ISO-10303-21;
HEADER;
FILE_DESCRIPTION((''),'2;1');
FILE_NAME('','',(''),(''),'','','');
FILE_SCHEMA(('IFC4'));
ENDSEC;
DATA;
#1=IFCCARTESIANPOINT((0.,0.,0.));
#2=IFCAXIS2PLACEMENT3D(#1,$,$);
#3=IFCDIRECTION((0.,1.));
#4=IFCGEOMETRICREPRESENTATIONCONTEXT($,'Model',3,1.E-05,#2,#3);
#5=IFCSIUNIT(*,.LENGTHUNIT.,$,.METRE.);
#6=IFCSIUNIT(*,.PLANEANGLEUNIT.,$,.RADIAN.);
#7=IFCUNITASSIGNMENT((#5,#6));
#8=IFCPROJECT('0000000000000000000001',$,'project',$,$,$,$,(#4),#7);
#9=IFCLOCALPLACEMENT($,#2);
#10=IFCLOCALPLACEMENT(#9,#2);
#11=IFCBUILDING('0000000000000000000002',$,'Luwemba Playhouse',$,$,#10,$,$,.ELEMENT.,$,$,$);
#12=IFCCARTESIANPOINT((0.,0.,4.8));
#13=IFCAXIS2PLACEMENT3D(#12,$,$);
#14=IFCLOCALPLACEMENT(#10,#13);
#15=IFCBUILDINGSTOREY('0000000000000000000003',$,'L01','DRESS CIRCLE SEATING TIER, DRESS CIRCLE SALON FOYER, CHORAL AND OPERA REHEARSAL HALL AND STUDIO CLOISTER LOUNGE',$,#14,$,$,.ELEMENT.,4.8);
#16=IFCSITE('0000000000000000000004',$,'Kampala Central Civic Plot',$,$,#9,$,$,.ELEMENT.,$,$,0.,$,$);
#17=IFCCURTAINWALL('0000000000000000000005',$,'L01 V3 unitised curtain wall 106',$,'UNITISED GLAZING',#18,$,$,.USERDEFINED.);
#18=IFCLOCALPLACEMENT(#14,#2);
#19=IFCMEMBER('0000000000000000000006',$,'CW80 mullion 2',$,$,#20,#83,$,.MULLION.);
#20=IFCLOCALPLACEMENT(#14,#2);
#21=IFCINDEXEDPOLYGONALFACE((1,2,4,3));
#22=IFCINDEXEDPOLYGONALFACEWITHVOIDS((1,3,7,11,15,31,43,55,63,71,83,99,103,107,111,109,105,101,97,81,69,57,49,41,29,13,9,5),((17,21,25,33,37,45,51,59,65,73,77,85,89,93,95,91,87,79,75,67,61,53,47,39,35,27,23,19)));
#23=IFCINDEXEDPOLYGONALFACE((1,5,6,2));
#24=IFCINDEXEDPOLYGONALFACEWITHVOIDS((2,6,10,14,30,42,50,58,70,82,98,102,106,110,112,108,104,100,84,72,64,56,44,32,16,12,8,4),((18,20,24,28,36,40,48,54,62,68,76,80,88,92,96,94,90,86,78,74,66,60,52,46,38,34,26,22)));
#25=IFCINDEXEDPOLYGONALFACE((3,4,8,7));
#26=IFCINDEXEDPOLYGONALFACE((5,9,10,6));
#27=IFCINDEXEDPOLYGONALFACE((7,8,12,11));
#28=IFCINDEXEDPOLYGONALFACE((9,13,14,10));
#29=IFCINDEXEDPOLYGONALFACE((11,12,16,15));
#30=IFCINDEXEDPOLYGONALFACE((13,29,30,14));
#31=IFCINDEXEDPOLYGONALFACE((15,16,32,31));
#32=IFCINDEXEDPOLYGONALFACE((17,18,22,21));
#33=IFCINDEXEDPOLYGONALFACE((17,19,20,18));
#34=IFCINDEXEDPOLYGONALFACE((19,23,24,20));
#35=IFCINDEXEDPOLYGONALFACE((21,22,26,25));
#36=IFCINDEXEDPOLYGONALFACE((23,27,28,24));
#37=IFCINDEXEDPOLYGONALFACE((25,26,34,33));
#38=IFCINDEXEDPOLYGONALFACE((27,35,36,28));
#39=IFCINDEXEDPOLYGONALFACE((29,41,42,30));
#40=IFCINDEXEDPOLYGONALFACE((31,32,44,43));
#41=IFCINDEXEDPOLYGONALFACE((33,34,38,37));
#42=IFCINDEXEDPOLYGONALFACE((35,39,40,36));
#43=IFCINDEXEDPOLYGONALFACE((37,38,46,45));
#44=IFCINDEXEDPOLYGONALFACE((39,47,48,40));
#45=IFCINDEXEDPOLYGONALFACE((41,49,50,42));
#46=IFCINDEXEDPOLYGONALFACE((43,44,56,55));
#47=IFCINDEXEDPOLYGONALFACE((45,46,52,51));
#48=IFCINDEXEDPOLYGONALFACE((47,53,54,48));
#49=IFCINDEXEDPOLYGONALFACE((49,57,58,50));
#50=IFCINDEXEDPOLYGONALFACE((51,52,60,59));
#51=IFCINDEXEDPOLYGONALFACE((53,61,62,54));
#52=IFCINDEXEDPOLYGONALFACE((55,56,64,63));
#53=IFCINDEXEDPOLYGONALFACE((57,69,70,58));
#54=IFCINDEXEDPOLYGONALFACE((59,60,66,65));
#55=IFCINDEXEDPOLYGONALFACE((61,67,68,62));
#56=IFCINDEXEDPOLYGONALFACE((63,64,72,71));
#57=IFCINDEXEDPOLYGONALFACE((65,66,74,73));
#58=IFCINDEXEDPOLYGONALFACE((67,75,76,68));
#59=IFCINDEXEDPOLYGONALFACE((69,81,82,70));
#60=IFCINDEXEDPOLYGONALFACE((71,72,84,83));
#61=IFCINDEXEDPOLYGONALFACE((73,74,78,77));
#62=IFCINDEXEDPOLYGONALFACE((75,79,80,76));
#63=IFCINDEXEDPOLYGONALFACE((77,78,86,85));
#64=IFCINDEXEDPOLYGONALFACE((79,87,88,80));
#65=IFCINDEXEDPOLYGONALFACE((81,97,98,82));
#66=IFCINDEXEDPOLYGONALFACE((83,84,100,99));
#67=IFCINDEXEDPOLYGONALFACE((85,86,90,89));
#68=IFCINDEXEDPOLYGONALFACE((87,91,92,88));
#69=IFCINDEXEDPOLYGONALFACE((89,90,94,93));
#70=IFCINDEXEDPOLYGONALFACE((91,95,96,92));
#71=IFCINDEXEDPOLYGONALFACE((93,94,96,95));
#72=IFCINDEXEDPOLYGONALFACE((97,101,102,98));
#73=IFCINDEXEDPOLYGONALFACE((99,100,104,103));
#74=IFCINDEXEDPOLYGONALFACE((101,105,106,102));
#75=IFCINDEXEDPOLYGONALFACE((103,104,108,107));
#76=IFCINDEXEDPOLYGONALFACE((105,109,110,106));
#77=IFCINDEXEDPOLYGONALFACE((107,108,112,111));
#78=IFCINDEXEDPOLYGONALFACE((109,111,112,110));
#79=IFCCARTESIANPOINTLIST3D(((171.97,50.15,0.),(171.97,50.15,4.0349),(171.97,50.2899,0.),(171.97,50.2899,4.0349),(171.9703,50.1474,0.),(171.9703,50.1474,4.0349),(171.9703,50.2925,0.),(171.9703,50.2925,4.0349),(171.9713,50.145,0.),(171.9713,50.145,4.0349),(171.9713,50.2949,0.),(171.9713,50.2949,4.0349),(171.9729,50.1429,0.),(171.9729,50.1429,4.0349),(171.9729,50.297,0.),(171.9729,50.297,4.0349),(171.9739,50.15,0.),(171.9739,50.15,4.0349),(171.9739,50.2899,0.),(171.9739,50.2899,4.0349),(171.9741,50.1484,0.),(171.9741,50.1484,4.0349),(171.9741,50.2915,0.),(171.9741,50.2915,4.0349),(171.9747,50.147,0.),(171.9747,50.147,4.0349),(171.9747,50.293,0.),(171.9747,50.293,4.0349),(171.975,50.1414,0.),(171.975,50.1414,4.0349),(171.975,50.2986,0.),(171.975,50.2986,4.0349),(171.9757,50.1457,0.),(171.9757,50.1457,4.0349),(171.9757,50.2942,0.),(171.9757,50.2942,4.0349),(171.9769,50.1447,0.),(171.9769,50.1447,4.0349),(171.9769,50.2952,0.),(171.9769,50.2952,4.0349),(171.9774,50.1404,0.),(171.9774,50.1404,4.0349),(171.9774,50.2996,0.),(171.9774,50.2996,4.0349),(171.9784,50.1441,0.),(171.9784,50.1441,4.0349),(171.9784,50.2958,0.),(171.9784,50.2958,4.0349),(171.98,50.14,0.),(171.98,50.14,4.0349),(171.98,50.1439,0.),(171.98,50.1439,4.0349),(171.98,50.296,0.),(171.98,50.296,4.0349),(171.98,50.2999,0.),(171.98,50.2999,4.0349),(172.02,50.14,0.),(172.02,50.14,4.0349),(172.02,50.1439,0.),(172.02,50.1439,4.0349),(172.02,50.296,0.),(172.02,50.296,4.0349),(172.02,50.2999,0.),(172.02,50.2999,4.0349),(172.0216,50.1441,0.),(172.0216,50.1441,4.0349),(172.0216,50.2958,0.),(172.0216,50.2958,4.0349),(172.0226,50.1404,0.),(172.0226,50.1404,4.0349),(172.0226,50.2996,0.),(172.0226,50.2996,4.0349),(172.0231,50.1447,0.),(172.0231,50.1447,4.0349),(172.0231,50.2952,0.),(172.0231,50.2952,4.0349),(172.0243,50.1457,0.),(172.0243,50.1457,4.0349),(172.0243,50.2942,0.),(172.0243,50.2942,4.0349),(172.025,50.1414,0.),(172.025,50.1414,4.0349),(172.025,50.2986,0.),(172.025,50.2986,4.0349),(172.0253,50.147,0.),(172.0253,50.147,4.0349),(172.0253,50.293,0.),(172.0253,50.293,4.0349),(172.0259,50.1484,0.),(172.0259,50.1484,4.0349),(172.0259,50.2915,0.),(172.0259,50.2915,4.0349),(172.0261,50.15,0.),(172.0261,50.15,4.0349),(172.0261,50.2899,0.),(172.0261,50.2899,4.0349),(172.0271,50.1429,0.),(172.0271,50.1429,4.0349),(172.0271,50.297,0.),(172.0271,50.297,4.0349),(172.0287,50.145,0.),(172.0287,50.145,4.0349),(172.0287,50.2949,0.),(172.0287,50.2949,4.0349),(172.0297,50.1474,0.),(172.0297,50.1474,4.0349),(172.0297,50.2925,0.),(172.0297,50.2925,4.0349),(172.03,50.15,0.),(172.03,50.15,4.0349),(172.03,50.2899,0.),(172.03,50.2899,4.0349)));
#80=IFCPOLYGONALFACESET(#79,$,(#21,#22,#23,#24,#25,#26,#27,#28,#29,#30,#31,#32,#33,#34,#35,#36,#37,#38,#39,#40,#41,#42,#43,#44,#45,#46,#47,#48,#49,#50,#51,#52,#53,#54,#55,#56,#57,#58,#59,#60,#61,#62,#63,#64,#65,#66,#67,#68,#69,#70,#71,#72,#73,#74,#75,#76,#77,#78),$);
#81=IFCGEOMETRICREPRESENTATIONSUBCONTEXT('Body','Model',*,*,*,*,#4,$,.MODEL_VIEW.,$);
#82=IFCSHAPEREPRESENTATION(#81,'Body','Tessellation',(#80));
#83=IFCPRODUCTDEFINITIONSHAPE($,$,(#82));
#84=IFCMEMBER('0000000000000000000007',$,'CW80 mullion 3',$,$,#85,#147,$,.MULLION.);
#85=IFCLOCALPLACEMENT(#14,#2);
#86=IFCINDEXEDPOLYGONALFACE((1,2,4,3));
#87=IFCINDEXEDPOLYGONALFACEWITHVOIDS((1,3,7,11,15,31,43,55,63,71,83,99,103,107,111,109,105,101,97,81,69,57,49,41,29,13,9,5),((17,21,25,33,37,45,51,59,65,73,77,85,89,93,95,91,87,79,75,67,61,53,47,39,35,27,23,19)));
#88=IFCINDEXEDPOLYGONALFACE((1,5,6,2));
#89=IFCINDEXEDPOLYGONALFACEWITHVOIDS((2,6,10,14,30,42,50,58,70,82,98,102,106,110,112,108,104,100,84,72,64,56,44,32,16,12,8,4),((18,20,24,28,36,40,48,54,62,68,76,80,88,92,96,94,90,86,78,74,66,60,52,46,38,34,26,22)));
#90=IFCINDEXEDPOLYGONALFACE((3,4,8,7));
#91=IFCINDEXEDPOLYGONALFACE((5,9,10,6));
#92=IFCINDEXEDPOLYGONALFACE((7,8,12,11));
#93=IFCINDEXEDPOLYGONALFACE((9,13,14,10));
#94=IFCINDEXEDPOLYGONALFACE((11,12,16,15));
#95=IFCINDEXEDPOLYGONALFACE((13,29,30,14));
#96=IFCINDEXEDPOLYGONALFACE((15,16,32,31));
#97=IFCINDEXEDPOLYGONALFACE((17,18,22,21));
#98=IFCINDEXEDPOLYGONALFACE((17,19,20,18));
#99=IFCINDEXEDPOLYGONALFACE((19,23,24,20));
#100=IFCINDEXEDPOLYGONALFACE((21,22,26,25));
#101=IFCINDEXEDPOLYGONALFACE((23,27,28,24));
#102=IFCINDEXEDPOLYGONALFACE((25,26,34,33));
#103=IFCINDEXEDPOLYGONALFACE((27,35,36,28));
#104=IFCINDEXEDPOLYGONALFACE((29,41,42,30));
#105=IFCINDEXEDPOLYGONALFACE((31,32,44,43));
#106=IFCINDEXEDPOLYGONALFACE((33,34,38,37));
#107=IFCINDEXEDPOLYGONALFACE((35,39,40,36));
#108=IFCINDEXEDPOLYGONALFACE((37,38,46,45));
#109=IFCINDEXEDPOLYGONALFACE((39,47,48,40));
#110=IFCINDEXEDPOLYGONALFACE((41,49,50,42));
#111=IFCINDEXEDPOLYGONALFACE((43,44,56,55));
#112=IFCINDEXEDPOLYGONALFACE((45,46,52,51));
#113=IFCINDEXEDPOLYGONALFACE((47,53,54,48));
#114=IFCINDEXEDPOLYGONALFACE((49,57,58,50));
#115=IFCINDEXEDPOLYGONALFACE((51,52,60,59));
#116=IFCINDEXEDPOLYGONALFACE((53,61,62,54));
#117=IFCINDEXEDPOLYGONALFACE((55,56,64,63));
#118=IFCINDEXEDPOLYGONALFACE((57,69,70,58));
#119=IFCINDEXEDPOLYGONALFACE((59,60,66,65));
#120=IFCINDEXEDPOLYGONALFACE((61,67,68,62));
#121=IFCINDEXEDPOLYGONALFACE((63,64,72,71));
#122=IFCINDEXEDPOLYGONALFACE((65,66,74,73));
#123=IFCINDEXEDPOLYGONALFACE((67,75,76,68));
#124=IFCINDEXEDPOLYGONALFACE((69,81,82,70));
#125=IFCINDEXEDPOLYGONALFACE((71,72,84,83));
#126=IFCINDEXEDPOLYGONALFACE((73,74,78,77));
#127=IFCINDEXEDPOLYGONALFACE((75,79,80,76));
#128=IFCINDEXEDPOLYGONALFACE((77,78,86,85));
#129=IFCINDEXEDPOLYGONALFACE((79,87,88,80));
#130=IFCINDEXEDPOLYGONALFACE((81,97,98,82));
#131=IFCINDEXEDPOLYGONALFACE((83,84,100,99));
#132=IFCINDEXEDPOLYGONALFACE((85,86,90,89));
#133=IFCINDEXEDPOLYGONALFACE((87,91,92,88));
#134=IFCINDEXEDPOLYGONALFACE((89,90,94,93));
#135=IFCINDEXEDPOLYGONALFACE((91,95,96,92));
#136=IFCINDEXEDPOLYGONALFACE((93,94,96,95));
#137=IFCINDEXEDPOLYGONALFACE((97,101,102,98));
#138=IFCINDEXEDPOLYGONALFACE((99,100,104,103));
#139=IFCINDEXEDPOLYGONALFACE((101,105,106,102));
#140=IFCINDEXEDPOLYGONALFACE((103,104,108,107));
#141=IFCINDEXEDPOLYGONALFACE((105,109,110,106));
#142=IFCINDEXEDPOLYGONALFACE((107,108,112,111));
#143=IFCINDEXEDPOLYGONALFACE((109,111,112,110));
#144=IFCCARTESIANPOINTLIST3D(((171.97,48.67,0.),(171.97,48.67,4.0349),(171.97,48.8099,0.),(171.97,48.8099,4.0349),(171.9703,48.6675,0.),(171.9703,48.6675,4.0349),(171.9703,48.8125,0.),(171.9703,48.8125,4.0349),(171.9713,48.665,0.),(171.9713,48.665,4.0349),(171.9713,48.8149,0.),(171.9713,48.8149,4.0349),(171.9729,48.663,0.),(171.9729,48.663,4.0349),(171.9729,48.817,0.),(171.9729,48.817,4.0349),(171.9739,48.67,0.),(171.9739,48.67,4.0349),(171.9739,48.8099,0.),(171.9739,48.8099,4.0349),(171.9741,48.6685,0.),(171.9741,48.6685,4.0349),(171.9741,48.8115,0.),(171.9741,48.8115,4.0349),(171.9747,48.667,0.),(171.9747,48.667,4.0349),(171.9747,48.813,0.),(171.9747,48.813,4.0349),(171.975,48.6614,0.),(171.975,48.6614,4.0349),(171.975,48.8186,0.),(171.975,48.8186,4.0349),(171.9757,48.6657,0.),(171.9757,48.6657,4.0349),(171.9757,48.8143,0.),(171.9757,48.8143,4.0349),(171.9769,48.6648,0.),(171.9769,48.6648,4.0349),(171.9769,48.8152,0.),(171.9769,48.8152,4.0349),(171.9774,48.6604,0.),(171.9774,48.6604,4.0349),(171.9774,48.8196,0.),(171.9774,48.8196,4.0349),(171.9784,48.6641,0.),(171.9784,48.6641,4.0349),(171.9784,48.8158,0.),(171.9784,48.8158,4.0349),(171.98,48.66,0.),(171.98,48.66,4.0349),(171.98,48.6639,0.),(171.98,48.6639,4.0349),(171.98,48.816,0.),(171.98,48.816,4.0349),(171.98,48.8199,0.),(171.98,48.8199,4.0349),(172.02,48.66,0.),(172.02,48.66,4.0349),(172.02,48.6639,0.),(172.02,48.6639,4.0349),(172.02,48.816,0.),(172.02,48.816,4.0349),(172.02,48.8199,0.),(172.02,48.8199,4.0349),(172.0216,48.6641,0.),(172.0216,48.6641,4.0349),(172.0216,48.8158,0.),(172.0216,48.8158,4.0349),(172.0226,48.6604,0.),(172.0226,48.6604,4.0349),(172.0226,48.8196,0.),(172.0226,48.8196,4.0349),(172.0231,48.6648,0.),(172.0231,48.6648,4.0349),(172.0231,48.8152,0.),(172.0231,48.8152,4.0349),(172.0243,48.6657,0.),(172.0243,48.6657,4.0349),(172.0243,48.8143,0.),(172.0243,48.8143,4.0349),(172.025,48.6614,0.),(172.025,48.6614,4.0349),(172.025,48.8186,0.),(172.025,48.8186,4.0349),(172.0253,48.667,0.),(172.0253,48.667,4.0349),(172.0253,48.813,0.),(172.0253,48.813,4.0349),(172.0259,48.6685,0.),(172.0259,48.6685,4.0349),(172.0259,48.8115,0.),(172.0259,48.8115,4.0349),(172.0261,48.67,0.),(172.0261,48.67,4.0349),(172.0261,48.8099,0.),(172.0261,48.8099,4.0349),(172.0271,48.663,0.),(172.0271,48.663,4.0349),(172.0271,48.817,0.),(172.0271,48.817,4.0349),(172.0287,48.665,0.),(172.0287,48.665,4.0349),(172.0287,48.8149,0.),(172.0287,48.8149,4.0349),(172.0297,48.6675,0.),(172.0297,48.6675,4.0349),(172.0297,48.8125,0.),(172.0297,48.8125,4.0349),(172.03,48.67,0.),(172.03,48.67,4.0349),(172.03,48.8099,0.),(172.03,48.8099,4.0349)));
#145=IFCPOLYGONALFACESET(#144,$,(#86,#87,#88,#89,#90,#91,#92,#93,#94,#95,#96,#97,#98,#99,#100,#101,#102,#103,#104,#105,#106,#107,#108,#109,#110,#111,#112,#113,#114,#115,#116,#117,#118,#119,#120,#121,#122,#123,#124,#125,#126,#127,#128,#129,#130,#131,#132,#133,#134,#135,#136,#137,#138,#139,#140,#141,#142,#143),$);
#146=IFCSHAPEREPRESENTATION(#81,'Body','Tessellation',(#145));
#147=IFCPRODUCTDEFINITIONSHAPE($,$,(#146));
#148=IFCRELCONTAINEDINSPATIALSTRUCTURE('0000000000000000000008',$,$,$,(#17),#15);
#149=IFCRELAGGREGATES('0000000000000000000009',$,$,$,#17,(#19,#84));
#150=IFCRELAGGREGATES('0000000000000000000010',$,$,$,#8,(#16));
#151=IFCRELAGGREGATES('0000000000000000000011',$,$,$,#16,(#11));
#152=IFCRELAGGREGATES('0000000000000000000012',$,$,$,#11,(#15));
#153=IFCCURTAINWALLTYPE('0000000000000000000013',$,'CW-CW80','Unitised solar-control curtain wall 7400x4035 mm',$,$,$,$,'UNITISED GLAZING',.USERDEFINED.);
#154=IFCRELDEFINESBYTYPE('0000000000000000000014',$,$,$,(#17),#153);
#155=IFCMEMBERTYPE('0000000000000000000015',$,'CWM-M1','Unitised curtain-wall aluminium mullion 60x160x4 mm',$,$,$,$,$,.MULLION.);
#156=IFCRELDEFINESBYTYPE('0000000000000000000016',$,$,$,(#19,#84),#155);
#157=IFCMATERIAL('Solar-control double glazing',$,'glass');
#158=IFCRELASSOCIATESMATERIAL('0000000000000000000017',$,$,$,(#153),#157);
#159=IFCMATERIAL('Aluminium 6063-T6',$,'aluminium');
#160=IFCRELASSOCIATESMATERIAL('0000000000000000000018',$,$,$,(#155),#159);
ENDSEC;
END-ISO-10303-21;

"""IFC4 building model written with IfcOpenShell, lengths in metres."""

from ifc_helpers import new_model, si_unit, direction, frame, origin, origin_2d, place, context, subcontext, project, spatial, hollow_rectangle, extrude, material, material_profile, profile_set, type_object, element, aggregate, save


model = new_model("IFC4")

# Units and contexts
model_context = context("Model", 3, precision=1e-05, world=origin(), true_north=direction((0.0, 1.0)))
body_context = subcontext(model_context, "Body", "Model", "MODEL_VIEW")
ifc_project = project(units=[si_unit("LENGTHUNIT", "METRE"), si_unit("PLANEANGLEUNIT", "RADIAN")], contexts=[model_context])

# Site, building, storey
site_placement = place(None, origin())
site = spatial("IfcSite", under=ifc_project, at=site_placement, Name="Kampala Central Civic Plot", CompositionType="ELEMENT", RefElevation=0.0)
building_placement = place(site_placement, origin())
building = spatial("IfcBuilding", under=site, at=building_placement, Name="Luwemba Playhouse", CompositionType="ELEMENT")
storey_placement = place(building_placement, frame((0.0, 0.0, 4.8)))
storey = spatial("IfcBuildingStorey", under=building, at=storey_placement, Name="L01", Description="DRESS CIRCLE SEATING TIER, DRESS CIRCLE SALON FOYER, CHORAL AND OPERA REHEARSAL HALL AND STUDIO CLOISTER LOUNGE", CompositionType="ELEMENT", Elevation=4.8)

# Curtain wall, members
ifc_material_1 = material(Name="Solar-control double glazing", Category="glass")
curtain_wall_type = type_object("IfcCurtainWallType", Name="CW-CW80", Description="Unitised solar-control curtain wall 7400x4035 mm", ElementType="UNITISED GLAZING", PredefinedType="USERDEFINED", material=ifc_material_1)
curtain_wall_placement = place(storey_placement, origin())
curtain_wall = element("IfcCurtainWall", 1, at=curtain_wall_placement, inside=storey, type_object=curtain_wall_type, Name="L01 V3 unitised curtain wall 106", ObjectType="UNITISED GLAZING", PredefinedType="USERDEFINED")
ifc_material_2 = material(Name="Aluminium 6063-T6", Category="aluminium")
ifc_material_profile_1 = material_profile(ifc_material_2, hollow_rectangle(XDim=0.0601, YDim=0.1599, WallThickness=0.0039, InnerFilletRadius=0.0061, OuterFilletRadius=0.01, at=origin_2d()))
ifc_profile_set_1 = profile_set([ifc_material_profile_1], Name="Aluminium 6063-T6")
member_type_1 = type_object("IfcMemberType", Name="CWM-M1", Description="Unitised curtain-wall aluminium mullion 60x160x4 mm", PredefinedType="MULLION", material=ifc_profile_set_1)
member_1_placement = place(storey_placement, frame((172.0, 50.22, 0.0), z_axis=(0.0, 0.0, 1.0), x_axis=(1.0, 0.0, 0.0)))
member_1 = element("IfcMember", 2, at=member_1_placement, type_object=member_type_1, Name="CW80 mullion 2", PredefinedType="MULLION", context=body_context, shape_type="SweptSolid", body=[
    extrude(hollow_rectangle(XDim=0.0601, YDim=0.1599, WallThickness=0.0039, InnerFilletRadius=0.0061, OuterFilletRadius=0.01, at=origin_2d()), origin(), (0.0, 0.0, 1.0), 4.0349),
])
member_2_placement = place(storey_placement, frame((172.0, 48.74, 0.0), z_axis=(0.0, 0.0, 1.0), x_axis=(1.0, 0.0, 0.0)))
member_2 = element("IfcMember", 3, at=member_2_placement, type_object=member_type_1, Name="CW80 mullion 3", PredefinedType="MULLION", context=body_context, shape_type="SweptSolid", body=[
    extrude(hollow_rectangle(XDim=0.0601, YDim=0.1599, WallThickness=0.0039, InnerFilletRadius=0.0061, OuterFilletRadius=0.01, at=origin_2d()), origin(), (0.0, 0.0, 1.0), 4.0349),
])
aggregate(curtain_wall, [member_1, member_2])

save(model, "model.ifc")
